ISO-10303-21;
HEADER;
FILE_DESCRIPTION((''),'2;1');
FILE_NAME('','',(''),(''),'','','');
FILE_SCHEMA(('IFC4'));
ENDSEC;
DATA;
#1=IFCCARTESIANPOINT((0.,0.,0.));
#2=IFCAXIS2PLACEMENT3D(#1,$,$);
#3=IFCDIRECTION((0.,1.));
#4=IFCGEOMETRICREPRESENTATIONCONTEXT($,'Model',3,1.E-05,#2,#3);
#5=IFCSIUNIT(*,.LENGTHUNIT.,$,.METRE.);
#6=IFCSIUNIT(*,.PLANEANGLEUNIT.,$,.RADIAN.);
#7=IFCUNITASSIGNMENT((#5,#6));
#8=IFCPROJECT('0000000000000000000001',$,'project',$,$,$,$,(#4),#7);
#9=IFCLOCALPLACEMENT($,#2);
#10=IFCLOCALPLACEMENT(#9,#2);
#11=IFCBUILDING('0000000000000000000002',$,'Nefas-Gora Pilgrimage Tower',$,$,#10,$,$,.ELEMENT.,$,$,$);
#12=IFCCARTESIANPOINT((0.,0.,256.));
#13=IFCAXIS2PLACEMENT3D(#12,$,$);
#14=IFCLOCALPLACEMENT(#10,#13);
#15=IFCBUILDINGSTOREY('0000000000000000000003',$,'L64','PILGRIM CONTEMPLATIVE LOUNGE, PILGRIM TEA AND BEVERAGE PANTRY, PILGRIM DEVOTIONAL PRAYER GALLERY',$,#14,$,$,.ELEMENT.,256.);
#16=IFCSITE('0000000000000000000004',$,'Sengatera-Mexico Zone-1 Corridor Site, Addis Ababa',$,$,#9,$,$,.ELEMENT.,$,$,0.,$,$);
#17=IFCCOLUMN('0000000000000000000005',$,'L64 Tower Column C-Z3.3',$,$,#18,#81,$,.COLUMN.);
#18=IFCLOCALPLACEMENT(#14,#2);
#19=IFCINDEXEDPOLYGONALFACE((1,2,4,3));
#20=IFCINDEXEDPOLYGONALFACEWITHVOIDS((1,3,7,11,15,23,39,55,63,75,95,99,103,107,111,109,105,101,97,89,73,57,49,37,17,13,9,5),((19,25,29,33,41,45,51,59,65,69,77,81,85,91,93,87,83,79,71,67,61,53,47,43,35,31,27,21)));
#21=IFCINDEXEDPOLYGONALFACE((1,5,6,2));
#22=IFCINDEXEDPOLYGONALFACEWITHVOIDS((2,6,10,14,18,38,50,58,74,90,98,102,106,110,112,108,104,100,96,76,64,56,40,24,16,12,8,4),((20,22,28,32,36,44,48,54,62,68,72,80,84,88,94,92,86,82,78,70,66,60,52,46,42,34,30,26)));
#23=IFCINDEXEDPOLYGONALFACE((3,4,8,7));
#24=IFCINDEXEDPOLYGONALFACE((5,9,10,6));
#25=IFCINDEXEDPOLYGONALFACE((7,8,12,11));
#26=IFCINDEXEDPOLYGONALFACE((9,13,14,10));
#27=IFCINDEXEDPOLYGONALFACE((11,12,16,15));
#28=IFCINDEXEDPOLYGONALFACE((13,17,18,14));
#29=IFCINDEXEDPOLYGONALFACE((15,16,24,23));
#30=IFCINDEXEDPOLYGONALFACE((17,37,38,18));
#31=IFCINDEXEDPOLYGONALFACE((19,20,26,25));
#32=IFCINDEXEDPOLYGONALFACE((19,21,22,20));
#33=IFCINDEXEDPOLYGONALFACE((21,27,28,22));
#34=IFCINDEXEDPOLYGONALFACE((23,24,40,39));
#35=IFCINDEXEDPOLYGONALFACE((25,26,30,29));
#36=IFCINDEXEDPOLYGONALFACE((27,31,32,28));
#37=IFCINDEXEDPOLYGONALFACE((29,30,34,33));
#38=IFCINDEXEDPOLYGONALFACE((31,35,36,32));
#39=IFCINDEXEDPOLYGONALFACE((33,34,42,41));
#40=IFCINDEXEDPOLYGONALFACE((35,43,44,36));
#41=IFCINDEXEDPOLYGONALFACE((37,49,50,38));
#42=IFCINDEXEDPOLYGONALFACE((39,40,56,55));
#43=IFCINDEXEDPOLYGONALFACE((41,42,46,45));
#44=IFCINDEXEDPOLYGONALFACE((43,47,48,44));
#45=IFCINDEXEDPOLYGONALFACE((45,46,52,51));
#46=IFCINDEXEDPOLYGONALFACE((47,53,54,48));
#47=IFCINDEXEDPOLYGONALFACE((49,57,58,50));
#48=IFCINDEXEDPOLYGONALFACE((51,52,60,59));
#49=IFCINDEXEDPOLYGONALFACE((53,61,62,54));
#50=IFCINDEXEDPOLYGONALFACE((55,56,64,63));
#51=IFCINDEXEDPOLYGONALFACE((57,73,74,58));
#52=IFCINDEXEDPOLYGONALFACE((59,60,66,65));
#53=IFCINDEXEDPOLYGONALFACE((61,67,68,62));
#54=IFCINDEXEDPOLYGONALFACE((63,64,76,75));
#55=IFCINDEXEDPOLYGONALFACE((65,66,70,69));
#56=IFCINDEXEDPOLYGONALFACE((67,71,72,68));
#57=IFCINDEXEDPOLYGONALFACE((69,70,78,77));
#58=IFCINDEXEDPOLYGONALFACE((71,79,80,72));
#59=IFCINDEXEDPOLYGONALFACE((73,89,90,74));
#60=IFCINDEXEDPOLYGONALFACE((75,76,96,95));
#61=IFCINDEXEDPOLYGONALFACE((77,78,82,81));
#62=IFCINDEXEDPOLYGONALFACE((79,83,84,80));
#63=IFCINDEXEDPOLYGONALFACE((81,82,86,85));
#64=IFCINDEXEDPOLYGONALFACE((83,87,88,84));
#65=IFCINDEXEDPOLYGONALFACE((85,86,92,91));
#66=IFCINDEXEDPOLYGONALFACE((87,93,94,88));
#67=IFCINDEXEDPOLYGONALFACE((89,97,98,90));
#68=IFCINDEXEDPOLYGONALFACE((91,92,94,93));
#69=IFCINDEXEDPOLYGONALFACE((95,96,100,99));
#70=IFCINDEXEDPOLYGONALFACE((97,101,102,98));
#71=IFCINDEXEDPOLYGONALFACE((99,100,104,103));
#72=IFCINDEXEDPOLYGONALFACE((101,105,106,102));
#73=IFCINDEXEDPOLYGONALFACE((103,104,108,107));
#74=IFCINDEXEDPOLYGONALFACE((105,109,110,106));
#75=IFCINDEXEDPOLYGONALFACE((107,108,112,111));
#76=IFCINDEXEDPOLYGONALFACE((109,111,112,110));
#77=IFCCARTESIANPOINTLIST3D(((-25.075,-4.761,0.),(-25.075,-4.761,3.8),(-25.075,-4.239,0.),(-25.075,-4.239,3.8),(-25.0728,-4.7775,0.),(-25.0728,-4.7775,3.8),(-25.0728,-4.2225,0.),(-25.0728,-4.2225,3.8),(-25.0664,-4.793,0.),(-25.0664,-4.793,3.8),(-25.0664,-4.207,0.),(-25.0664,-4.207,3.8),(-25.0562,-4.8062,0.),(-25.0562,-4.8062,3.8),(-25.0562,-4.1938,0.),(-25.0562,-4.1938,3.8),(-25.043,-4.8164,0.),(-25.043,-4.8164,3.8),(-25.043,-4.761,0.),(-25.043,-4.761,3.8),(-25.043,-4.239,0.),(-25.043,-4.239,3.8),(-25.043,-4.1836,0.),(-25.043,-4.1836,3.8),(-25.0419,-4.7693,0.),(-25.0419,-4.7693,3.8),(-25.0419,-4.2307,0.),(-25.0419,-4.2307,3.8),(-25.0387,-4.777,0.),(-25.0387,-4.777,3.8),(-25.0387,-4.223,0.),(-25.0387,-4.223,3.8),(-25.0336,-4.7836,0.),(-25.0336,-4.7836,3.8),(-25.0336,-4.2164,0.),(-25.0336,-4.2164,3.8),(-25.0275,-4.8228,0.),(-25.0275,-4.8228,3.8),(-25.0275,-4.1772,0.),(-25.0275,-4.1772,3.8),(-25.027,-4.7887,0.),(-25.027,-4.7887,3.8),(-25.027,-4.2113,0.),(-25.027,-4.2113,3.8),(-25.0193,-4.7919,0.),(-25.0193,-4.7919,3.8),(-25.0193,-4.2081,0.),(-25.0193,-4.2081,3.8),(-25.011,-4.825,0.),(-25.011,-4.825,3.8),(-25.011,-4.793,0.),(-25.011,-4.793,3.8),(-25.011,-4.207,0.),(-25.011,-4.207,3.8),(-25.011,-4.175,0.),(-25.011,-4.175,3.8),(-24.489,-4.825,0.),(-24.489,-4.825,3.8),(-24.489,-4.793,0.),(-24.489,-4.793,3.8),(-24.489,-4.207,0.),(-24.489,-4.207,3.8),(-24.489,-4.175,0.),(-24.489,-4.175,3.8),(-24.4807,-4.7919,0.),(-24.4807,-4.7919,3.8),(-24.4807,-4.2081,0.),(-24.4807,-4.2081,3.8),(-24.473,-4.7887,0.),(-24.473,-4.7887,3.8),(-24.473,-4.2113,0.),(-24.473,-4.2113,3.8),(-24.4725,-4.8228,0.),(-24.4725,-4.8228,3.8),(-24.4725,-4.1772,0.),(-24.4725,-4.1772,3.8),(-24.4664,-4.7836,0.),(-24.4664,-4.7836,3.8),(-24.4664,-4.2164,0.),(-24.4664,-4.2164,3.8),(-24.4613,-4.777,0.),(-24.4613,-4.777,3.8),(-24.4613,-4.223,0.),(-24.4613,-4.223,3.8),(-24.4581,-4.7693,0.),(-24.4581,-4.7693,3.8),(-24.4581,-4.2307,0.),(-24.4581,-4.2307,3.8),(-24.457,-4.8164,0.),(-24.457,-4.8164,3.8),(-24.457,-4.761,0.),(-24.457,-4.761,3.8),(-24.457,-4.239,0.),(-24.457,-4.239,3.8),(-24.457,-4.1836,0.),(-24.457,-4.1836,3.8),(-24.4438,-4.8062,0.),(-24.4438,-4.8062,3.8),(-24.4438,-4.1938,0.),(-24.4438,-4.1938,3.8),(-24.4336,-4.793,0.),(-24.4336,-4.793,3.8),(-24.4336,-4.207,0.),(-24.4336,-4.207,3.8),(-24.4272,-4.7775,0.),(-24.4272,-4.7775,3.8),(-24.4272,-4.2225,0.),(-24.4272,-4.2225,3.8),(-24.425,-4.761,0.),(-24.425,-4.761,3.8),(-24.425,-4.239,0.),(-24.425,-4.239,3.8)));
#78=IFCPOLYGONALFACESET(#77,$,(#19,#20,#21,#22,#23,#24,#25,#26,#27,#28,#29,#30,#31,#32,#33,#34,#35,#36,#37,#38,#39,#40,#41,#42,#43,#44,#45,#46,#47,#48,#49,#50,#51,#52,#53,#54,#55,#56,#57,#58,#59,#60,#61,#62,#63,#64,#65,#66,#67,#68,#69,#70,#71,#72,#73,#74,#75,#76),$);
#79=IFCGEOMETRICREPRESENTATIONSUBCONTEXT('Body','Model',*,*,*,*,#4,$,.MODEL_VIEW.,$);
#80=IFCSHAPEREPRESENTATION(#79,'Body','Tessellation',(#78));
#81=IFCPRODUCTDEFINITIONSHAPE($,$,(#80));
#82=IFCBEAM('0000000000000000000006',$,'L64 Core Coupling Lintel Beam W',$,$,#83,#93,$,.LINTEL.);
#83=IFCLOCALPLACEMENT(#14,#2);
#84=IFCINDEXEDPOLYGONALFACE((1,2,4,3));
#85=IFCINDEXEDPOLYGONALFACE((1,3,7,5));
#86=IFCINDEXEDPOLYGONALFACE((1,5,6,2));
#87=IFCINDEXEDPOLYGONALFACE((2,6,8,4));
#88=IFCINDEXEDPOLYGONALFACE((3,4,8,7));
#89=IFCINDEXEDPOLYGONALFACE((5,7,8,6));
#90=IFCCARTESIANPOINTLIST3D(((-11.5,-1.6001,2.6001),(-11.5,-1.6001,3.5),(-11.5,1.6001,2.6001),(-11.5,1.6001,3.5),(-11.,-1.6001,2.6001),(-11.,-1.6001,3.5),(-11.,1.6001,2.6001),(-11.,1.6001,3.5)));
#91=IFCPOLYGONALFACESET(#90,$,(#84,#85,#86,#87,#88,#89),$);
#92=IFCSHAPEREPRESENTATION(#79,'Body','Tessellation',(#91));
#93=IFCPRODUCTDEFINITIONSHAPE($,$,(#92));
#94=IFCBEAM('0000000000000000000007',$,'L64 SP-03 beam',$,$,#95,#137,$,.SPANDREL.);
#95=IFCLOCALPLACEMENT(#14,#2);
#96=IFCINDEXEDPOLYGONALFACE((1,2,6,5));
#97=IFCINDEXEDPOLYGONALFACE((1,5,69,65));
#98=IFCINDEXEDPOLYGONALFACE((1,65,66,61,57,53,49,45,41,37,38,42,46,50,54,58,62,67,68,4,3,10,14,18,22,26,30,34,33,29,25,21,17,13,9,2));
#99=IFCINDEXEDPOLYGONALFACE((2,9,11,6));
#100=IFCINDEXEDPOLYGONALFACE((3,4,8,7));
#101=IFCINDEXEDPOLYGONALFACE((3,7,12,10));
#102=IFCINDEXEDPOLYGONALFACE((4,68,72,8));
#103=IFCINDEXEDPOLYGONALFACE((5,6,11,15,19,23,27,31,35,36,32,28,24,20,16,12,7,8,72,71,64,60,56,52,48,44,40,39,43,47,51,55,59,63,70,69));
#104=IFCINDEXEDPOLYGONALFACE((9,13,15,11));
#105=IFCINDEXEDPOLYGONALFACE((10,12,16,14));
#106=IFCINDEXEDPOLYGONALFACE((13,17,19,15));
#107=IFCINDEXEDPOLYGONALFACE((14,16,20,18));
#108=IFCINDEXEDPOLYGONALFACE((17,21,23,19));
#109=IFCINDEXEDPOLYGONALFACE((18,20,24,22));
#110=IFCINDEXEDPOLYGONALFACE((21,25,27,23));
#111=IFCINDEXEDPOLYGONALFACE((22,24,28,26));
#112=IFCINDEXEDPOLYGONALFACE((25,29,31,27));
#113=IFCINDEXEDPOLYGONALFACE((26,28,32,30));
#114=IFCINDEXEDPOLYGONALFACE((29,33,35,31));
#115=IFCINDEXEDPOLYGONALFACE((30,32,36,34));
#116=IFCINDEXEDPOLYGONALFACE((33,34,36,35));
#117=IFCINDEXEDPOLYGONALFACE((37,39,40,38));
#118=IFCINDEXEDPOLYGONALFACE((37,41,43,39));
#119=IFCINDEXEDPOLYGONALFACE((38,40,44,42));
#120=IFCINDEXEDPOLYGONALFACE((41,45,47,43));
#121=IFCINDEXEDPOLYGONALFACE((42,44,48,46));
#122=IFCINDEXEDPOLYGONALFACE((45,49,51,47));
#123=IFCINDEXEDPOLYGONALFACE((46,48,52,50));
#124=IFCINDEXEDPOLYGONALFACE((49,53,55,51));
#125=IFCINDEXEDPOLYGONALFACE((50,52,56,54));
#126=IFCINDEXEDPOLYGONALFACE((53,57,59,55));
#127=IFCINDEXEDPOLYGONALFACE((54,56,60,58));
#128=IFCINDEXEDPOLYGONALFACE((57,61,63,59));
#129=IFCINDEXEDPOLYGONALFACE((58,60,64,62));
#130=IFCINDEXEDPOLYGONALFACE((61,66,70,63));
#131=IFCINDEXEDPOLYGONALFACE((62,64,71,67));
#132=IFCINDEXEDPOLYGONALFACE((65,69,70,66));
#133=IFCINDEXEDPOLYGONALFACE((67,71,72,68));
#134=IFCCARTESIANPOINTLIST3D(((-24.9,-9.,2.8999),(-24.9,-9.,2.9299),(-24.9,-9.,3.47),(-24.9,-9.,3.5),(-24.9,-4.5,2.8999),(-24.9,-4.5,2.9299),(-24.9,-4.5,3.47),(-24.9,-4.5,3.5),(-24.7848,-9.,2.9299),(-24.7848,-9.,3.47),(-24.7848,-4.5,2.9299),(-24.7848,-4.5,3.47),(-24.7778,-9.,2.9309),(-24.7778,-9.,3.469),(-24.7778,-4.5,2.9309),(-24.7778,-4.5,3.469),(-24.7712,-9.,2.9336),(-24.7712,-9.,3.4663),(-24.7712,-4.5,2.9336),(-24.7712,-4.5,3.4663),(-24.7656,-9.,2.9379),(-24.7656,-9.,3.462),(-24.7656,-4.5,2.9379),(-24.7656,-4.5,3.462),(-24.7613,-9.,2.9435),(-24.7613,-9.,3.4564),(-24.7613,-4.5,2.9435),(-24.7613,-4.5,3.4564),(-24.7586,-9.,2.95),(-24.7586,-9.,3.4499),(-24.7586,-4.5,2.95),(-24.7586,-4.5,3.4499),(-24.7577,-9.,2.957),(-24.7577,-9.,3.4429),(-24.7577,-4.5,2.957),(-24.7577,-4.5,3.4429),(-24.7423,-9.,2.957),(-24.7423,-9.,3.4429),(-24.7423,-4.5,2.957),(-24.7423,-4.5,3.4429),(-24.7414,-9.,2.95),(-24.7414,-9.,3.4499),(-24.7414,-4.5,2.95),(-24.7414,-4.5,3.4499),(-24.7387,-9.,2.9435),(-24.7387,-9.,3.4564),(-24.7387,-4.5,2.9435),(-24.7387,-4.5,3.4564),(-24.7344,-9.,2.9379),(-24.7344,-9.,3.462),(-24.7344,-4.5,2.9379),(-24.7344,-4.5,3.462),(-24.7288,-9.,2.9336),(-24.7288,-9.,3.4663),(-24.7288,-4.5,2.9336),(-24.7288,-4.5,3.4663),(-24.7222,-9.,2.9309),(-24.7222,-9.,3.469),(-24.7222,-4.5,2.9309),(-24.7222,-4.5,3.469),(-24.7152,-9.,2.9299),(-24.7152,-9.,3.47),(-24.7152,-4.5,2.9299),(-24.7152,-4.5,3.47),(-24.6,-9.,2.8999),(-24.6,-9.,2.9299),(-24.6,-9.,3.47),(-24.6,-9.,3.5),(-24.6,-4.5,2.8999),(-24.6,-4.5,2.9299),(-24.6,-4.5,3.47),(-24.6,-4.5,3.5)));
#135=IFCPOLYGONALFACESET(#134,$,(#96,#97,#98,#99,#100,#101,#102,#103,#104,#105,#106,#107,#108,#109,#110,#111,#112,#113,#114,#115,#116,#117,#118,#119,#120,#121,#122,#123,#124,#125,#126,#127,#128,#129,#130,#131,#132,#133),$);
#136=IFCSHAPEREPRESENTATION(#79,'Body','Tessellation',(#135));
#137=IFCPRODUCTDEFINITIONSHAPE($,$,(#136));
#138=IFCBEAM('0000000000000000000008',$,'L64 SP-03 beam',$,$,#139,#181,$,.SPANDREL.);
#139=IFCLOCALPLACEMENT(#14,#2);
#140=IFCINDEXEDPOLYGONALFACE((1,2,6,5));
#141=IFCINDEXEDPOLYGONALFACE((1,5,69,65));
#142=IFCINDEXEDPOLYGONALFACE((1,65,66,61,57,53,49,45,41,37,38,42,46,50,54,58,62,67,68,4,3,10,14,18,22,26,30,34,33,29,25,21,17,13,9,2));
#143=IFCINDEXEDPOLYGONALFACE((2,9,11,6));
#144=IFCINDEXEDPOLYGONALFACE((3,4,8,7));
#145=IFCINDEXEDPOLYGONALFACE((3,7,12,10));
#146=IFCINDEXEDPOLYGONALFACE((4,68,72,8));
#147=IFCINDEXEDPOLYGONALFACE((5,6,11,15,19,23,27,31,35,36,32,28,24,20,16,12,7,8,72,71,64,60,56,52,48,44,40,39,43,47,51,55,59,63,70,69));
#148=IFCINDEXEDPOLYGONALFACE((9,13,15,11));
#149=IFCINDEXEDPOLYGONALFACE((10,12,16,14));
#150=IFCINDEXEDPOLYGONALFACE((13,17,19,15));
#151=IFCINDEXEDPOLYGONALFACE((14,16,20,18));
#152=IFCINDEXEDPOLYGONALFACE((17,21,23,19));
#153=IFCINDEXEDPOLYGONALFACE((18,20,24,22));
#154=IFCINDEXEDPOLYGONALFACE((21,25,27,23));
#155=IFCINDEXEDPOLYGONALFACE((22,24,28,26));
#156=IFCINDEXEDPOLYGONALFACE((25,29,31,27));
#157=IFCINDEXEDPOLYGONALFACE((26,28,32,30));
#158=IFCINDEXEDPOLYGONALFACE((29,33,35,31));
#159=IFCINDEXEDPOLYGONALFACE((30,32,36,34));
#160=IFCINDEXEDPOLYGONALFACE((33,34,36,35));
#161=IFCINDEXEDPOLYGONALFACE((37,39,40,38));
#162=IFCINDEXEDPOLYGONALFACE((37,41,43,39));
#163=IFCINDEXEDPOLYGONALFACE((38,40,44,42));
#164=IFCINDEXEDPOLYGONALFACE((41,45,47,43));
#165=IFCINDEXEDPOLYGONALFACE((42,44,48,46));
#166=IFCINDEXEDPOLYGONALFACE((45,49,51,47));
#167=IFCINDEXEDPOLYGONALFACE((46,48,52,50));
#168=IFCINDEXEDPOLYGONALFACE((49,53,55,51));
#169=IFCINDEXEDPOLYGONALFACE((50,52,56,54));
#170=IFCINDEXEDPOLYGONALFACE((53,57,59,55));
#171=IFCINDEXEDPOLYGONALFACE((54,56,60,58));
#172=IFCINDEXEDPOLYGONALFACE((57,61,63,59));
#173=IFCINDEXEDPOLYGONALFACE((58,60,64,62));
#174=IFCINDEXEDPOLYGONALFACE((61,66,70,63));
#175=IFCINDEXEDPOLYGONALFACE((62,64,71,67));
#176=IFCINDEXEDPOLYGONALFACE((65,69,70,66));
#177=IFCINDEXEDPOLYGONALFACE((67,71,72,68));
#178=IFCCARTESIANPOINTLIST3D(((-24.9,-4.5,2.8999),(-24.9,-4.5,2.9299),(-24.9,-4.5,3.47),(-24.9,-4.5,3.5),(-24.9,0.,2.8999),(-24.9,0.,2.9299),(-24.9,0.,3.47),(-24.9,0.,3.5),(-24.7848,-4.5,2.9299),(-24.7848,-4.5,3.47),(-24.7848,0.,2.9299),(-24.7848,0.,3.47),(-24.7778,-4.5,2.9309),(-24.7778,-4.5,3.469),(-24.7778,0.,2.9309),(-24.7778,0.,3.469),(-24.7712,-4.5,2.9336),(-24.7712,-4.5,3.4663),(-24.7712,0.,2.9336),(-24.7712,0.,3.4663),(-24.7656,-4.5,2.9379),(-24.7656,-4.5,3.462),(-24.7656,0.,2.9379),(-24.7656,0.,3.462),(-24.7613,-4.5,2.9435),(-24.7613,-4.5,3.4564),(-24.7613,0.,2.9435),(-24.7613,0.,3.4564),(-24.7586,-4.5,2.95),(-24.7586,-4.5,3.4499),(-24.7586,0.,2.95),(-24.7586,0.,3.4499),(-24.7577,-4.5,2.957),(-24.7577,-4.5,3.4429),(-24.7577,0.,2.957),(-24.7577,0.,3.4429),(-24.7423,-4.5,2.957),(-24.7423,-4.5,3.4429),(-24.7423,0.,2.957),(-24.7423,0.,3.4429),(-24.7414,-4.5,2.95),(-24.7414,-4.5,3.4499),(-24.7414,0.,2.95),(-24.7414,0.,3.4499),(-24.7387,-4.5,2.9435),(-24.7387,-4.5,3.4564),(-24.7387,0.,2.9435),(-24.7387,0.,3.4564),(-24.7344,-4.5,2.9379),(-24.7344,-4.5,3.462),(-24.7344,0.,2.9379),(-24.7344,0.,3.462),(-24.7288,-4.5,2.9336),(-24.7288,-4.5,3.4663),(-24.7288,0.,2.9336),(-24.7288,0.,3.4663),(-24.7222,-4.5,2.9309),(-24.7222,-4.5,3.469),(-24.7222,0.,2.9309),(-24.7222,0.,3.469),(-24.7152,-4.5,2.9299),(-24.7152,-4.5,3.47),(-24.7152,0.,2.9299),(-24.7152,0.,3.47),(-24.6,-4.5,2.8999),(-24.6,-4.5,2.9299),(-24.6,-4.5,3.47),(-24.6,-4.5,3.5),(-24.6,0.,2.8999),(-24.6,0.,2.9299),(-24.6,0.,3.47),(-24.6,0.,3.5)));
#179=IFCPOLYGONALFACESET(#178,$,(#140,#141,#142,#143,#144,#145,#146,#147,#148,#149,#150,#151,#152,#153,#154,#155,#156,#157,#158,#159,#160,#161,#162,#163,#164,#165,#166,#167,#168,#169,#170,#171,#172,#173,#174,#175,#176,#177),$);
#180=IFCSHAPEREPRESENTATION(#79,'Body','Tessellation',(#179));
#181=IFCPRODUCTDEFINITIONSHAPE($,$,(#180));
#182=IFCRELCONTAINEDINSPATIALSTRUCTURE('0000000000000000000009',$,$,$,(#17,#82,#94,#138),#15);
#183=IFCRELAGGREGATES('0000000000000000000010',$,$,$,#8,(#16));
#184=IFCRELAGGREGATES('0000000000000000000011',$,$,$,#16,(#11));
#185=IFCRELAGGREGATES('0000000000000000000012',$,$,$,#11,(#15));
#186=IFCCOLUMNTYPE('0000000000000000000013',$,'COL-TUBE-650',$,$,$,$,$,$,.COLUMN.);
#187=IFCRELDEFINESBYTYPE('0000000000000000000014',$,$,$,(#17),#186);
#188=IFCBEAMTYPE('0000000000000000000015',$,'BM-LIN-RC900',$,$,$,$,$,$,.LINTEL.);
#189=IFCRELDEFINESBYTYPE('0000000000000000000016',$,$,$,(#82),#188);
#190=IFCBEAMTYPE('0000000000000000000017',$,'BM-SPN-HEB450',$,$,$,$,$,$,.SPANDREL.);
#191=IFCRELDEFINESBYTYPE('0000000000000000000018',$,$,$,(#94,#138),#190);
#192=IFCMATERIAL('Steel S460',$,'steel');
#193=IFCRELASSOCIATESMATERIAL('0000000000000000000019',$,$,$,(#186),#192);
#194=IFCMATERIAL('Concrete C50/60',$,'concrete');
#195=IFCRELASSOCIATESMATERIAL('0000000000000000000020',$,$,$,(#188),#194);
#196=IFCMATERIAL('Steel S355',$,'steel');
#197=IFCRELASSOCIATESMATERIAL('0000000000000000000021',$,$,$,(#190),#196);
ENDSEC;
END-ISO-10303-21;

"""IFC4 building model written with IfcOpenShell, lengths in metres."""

from ifc_helpers import new_model, si_unit, direction, frame, origin, origin_2d, place, context, subcontext, project, spatial, rectangle, hollow_rectangle, i_section, extrude, source, transform, mapped, material, material_profile, profile_set, type_object, element, save


model = new_model("IFC4")

# Units and contexts
model_context = context("Model", 3, precision=1e-05, world=origin(), true_north=direction((0.0, 1.0)))
body_context = subcontext(model_context, "Body", "Model", "MODEL_VIEW")
ifc_project = project(units=[si_unit("LENGTHUNIT", "METRE"), si_unit("PLANEANGLEUNIT", "RADIAN")], contexts=[model_context])

# Site, building, storey
site_placement = place(None, origin())
site = spatial("IfcSite", under=ifc_project, at=site_placement, Name="Sengatera-Mexico Zone-1 Corridor Site, Addis Ababa", CompositionType="ELEMENT", RefElevation=0.0)
building_placement = place(site_placement, origin())
building = spatial("IfcBuilding", under=site, at=building_placement, Name="Nefas-Gora Pilgrimage Tower", CompositionType="ELEMENT")
storey_placement = place(building_placement, frame((0.0, 0.0, 256.0)))
storey = spatial("IfcBuildingStorey", under=building, at=storey_placement, Name="L64", Description="PILGRIM CONTEMPLATIVE LOUNGE, PILGRIM TEA AND BEVERAGE PANTRY, PILGRIM DEVOTIONAL PRAYER GALLERY", CompositionType="ELEMENT", Elevation=256.0)

# Column
ifc_material_1 = material(Name="Steel S460", Category="steel")
ifc_material_profile_1 = material_profile(ifc_material_1, hollow_rectangle(XDim=0.6499, YDim=0.6499, WallThickness=0.032, InnerFilletRadius=0.032, OuterFilletRadius=0.064, at=origin_2d()), Name="BOX 650x650x32")
ifc_profile_set_1 = profile_set([ifc_material_profile_1], Name="Steel S460")
column_type_1 = type_object("IfcColumnType", Name="COL-TUBE-650", PredefinedType="COLUMN", material=ifc_profile_set_1)
shared_shape_1 = source(origin(), body_context, "Body", "SweptSolid", [
    extrude(hollow_rectangle(XDim=0.6499, YDim=0.6499, WallThickness=0.032, InnerFilletRadius=0.032, OuterFilletRadius=0.064, at=origin_2d()), origin(), (0.0, 0.0, 1.0), 3.8),
])
for number, where, z_axis, x_axis, name in (
    (1, (-24.75, -4.5, 0.0), (0.0, 0.0, 1.0), (1.0, 0.0, 0.0), "L64 Tower Column C-Z3.3"),
):
    element("IfcColumn", number, at=place(storey_placement, frame(where, z_axis=z_axis, x_axis=x_axis)), inside=storey, type_object=column_type_1, Name=name, PredefinedType="COLUMN", context=body_context, shape_type="MappedRepresentation", body=[
        mapped(shared_shape_1, transform((0.0, 0.0, 0.0), x_axis=(1.0, 0.0, 0.0), y_axis=(0.0, 1.0, 0.0), z_axis=(0.0, 0.0, 1.0), scale=1.0)),
    ])

# Beams
ifc_material_2 = material(Name="Concrete C50/60", Category="concrete")
ifc_material_profile_2 = material_profile(ifc_material_2, rectangle(XDim=0.5, YDim=0.8999, at=origin_2d()), Name="RC 500x900")
ifc_profile_set_2 = profile_set([ifc_material_profile_2], Name="Concrete C50/60")
beam_type_1 = type_object("IfcBeamType", Name="BM-LIN-RC900", PredefinedType="LINTEL", material=ifc_profile_set_2)
shared_shape_2 = source(origin(), body_context, "Body", "SweptSolid", [
    extrude(rectangle(XDim=0.5, YDim=0.8999, at=origin_2d()), origin(), (0.0, 0.0, 1.0), 3.2002),
])
beam_placement = place(storey_placement, frame((-11.25, -1.6001, 3.05), z_axis=(0.0, 1.0, 0.0), x_axis=(-1.0, 0.0, 0.0)))
element("IfcBeam", 2, at=beam_placement, inside=storey, type_object=beam_type_1, Name="L64 Core Coupling Lintel Beam W", PredefinedType="LINTEL", context=body_context, shape_type="MappedRepresentation", body=[
    mapped(shared_shape_2, transform((0.0, 0.0, 0.0), x_axis=(1.0, 0.0, 0.0), y_axis=(0.0, 1.0, 0.0), z_axis=(0.0, 0.0, 1.0), scale=1.0)),
])
ifc_material_3 = material(Name="Steel S355", Category="steel")
ifc_material_profile_3 = material_profile(ifc_material_3, i_section(OverallWidth=0.3, OverallDepth=0.6001, WebThickness=0.0154, FlangeThickness=0.03, FilletRadius=0.0271, at=origin_2d()), Name="HEB 600")
ifc_profile_set_3 = profile_set([ifc_material_profile_3], Name="Steel S355")
beam_type_2 = type_object("IfcBeamType", Name="BM-SPN-HEB450", PredefinedType="SPANDREL", material=ifc_profile_set_3)
shared_shape_3 = source(origin(), body_context, "Body", "SweptSolid", [
    extrude(i_section(OverallWidth=0.3, OverallDepth=0.6001, WebThickness=0.0154, FlangeThickness=0.03, FilletRadius=0.0271, at=origin_2d()), origin(), (0.0, 0.0, 1.0), 4.5),
])
for number, where, z_axis, x_axis, name in (
    (3, (-24.75, -9.0, 3.2), (0.0, 1.0, 0.0), (-1.0, 0.0, 0.0), "L64 SP-03 beam"),
    (4, (-24.75, -4.5, 3.2), (0.0, 1.0, 0.0), (-1.0, 0.0, 0.0), "L64 SP-03 beam"),
):
    element("IfcBeam", number, at=place(storey_placement, frame(where, z_axis=z_axis, x_axis=x_axis)), inside=storey, type_object=beam_type_2, Name=name, PredefinedType="SPANDREL", context=body_context, shape_type="MappedRepresentation", body=[
        mapped(shared_shape_3, transform((0.0, 0.0, 0.0), x_axis=(1.0, 0.0, 0.0), y_axis=(0.0, 1.0, 0.0), z_axis=(0.0, 0.0, 1.0), scale=1.0)),
    ])

save(model, "model.ifc")
